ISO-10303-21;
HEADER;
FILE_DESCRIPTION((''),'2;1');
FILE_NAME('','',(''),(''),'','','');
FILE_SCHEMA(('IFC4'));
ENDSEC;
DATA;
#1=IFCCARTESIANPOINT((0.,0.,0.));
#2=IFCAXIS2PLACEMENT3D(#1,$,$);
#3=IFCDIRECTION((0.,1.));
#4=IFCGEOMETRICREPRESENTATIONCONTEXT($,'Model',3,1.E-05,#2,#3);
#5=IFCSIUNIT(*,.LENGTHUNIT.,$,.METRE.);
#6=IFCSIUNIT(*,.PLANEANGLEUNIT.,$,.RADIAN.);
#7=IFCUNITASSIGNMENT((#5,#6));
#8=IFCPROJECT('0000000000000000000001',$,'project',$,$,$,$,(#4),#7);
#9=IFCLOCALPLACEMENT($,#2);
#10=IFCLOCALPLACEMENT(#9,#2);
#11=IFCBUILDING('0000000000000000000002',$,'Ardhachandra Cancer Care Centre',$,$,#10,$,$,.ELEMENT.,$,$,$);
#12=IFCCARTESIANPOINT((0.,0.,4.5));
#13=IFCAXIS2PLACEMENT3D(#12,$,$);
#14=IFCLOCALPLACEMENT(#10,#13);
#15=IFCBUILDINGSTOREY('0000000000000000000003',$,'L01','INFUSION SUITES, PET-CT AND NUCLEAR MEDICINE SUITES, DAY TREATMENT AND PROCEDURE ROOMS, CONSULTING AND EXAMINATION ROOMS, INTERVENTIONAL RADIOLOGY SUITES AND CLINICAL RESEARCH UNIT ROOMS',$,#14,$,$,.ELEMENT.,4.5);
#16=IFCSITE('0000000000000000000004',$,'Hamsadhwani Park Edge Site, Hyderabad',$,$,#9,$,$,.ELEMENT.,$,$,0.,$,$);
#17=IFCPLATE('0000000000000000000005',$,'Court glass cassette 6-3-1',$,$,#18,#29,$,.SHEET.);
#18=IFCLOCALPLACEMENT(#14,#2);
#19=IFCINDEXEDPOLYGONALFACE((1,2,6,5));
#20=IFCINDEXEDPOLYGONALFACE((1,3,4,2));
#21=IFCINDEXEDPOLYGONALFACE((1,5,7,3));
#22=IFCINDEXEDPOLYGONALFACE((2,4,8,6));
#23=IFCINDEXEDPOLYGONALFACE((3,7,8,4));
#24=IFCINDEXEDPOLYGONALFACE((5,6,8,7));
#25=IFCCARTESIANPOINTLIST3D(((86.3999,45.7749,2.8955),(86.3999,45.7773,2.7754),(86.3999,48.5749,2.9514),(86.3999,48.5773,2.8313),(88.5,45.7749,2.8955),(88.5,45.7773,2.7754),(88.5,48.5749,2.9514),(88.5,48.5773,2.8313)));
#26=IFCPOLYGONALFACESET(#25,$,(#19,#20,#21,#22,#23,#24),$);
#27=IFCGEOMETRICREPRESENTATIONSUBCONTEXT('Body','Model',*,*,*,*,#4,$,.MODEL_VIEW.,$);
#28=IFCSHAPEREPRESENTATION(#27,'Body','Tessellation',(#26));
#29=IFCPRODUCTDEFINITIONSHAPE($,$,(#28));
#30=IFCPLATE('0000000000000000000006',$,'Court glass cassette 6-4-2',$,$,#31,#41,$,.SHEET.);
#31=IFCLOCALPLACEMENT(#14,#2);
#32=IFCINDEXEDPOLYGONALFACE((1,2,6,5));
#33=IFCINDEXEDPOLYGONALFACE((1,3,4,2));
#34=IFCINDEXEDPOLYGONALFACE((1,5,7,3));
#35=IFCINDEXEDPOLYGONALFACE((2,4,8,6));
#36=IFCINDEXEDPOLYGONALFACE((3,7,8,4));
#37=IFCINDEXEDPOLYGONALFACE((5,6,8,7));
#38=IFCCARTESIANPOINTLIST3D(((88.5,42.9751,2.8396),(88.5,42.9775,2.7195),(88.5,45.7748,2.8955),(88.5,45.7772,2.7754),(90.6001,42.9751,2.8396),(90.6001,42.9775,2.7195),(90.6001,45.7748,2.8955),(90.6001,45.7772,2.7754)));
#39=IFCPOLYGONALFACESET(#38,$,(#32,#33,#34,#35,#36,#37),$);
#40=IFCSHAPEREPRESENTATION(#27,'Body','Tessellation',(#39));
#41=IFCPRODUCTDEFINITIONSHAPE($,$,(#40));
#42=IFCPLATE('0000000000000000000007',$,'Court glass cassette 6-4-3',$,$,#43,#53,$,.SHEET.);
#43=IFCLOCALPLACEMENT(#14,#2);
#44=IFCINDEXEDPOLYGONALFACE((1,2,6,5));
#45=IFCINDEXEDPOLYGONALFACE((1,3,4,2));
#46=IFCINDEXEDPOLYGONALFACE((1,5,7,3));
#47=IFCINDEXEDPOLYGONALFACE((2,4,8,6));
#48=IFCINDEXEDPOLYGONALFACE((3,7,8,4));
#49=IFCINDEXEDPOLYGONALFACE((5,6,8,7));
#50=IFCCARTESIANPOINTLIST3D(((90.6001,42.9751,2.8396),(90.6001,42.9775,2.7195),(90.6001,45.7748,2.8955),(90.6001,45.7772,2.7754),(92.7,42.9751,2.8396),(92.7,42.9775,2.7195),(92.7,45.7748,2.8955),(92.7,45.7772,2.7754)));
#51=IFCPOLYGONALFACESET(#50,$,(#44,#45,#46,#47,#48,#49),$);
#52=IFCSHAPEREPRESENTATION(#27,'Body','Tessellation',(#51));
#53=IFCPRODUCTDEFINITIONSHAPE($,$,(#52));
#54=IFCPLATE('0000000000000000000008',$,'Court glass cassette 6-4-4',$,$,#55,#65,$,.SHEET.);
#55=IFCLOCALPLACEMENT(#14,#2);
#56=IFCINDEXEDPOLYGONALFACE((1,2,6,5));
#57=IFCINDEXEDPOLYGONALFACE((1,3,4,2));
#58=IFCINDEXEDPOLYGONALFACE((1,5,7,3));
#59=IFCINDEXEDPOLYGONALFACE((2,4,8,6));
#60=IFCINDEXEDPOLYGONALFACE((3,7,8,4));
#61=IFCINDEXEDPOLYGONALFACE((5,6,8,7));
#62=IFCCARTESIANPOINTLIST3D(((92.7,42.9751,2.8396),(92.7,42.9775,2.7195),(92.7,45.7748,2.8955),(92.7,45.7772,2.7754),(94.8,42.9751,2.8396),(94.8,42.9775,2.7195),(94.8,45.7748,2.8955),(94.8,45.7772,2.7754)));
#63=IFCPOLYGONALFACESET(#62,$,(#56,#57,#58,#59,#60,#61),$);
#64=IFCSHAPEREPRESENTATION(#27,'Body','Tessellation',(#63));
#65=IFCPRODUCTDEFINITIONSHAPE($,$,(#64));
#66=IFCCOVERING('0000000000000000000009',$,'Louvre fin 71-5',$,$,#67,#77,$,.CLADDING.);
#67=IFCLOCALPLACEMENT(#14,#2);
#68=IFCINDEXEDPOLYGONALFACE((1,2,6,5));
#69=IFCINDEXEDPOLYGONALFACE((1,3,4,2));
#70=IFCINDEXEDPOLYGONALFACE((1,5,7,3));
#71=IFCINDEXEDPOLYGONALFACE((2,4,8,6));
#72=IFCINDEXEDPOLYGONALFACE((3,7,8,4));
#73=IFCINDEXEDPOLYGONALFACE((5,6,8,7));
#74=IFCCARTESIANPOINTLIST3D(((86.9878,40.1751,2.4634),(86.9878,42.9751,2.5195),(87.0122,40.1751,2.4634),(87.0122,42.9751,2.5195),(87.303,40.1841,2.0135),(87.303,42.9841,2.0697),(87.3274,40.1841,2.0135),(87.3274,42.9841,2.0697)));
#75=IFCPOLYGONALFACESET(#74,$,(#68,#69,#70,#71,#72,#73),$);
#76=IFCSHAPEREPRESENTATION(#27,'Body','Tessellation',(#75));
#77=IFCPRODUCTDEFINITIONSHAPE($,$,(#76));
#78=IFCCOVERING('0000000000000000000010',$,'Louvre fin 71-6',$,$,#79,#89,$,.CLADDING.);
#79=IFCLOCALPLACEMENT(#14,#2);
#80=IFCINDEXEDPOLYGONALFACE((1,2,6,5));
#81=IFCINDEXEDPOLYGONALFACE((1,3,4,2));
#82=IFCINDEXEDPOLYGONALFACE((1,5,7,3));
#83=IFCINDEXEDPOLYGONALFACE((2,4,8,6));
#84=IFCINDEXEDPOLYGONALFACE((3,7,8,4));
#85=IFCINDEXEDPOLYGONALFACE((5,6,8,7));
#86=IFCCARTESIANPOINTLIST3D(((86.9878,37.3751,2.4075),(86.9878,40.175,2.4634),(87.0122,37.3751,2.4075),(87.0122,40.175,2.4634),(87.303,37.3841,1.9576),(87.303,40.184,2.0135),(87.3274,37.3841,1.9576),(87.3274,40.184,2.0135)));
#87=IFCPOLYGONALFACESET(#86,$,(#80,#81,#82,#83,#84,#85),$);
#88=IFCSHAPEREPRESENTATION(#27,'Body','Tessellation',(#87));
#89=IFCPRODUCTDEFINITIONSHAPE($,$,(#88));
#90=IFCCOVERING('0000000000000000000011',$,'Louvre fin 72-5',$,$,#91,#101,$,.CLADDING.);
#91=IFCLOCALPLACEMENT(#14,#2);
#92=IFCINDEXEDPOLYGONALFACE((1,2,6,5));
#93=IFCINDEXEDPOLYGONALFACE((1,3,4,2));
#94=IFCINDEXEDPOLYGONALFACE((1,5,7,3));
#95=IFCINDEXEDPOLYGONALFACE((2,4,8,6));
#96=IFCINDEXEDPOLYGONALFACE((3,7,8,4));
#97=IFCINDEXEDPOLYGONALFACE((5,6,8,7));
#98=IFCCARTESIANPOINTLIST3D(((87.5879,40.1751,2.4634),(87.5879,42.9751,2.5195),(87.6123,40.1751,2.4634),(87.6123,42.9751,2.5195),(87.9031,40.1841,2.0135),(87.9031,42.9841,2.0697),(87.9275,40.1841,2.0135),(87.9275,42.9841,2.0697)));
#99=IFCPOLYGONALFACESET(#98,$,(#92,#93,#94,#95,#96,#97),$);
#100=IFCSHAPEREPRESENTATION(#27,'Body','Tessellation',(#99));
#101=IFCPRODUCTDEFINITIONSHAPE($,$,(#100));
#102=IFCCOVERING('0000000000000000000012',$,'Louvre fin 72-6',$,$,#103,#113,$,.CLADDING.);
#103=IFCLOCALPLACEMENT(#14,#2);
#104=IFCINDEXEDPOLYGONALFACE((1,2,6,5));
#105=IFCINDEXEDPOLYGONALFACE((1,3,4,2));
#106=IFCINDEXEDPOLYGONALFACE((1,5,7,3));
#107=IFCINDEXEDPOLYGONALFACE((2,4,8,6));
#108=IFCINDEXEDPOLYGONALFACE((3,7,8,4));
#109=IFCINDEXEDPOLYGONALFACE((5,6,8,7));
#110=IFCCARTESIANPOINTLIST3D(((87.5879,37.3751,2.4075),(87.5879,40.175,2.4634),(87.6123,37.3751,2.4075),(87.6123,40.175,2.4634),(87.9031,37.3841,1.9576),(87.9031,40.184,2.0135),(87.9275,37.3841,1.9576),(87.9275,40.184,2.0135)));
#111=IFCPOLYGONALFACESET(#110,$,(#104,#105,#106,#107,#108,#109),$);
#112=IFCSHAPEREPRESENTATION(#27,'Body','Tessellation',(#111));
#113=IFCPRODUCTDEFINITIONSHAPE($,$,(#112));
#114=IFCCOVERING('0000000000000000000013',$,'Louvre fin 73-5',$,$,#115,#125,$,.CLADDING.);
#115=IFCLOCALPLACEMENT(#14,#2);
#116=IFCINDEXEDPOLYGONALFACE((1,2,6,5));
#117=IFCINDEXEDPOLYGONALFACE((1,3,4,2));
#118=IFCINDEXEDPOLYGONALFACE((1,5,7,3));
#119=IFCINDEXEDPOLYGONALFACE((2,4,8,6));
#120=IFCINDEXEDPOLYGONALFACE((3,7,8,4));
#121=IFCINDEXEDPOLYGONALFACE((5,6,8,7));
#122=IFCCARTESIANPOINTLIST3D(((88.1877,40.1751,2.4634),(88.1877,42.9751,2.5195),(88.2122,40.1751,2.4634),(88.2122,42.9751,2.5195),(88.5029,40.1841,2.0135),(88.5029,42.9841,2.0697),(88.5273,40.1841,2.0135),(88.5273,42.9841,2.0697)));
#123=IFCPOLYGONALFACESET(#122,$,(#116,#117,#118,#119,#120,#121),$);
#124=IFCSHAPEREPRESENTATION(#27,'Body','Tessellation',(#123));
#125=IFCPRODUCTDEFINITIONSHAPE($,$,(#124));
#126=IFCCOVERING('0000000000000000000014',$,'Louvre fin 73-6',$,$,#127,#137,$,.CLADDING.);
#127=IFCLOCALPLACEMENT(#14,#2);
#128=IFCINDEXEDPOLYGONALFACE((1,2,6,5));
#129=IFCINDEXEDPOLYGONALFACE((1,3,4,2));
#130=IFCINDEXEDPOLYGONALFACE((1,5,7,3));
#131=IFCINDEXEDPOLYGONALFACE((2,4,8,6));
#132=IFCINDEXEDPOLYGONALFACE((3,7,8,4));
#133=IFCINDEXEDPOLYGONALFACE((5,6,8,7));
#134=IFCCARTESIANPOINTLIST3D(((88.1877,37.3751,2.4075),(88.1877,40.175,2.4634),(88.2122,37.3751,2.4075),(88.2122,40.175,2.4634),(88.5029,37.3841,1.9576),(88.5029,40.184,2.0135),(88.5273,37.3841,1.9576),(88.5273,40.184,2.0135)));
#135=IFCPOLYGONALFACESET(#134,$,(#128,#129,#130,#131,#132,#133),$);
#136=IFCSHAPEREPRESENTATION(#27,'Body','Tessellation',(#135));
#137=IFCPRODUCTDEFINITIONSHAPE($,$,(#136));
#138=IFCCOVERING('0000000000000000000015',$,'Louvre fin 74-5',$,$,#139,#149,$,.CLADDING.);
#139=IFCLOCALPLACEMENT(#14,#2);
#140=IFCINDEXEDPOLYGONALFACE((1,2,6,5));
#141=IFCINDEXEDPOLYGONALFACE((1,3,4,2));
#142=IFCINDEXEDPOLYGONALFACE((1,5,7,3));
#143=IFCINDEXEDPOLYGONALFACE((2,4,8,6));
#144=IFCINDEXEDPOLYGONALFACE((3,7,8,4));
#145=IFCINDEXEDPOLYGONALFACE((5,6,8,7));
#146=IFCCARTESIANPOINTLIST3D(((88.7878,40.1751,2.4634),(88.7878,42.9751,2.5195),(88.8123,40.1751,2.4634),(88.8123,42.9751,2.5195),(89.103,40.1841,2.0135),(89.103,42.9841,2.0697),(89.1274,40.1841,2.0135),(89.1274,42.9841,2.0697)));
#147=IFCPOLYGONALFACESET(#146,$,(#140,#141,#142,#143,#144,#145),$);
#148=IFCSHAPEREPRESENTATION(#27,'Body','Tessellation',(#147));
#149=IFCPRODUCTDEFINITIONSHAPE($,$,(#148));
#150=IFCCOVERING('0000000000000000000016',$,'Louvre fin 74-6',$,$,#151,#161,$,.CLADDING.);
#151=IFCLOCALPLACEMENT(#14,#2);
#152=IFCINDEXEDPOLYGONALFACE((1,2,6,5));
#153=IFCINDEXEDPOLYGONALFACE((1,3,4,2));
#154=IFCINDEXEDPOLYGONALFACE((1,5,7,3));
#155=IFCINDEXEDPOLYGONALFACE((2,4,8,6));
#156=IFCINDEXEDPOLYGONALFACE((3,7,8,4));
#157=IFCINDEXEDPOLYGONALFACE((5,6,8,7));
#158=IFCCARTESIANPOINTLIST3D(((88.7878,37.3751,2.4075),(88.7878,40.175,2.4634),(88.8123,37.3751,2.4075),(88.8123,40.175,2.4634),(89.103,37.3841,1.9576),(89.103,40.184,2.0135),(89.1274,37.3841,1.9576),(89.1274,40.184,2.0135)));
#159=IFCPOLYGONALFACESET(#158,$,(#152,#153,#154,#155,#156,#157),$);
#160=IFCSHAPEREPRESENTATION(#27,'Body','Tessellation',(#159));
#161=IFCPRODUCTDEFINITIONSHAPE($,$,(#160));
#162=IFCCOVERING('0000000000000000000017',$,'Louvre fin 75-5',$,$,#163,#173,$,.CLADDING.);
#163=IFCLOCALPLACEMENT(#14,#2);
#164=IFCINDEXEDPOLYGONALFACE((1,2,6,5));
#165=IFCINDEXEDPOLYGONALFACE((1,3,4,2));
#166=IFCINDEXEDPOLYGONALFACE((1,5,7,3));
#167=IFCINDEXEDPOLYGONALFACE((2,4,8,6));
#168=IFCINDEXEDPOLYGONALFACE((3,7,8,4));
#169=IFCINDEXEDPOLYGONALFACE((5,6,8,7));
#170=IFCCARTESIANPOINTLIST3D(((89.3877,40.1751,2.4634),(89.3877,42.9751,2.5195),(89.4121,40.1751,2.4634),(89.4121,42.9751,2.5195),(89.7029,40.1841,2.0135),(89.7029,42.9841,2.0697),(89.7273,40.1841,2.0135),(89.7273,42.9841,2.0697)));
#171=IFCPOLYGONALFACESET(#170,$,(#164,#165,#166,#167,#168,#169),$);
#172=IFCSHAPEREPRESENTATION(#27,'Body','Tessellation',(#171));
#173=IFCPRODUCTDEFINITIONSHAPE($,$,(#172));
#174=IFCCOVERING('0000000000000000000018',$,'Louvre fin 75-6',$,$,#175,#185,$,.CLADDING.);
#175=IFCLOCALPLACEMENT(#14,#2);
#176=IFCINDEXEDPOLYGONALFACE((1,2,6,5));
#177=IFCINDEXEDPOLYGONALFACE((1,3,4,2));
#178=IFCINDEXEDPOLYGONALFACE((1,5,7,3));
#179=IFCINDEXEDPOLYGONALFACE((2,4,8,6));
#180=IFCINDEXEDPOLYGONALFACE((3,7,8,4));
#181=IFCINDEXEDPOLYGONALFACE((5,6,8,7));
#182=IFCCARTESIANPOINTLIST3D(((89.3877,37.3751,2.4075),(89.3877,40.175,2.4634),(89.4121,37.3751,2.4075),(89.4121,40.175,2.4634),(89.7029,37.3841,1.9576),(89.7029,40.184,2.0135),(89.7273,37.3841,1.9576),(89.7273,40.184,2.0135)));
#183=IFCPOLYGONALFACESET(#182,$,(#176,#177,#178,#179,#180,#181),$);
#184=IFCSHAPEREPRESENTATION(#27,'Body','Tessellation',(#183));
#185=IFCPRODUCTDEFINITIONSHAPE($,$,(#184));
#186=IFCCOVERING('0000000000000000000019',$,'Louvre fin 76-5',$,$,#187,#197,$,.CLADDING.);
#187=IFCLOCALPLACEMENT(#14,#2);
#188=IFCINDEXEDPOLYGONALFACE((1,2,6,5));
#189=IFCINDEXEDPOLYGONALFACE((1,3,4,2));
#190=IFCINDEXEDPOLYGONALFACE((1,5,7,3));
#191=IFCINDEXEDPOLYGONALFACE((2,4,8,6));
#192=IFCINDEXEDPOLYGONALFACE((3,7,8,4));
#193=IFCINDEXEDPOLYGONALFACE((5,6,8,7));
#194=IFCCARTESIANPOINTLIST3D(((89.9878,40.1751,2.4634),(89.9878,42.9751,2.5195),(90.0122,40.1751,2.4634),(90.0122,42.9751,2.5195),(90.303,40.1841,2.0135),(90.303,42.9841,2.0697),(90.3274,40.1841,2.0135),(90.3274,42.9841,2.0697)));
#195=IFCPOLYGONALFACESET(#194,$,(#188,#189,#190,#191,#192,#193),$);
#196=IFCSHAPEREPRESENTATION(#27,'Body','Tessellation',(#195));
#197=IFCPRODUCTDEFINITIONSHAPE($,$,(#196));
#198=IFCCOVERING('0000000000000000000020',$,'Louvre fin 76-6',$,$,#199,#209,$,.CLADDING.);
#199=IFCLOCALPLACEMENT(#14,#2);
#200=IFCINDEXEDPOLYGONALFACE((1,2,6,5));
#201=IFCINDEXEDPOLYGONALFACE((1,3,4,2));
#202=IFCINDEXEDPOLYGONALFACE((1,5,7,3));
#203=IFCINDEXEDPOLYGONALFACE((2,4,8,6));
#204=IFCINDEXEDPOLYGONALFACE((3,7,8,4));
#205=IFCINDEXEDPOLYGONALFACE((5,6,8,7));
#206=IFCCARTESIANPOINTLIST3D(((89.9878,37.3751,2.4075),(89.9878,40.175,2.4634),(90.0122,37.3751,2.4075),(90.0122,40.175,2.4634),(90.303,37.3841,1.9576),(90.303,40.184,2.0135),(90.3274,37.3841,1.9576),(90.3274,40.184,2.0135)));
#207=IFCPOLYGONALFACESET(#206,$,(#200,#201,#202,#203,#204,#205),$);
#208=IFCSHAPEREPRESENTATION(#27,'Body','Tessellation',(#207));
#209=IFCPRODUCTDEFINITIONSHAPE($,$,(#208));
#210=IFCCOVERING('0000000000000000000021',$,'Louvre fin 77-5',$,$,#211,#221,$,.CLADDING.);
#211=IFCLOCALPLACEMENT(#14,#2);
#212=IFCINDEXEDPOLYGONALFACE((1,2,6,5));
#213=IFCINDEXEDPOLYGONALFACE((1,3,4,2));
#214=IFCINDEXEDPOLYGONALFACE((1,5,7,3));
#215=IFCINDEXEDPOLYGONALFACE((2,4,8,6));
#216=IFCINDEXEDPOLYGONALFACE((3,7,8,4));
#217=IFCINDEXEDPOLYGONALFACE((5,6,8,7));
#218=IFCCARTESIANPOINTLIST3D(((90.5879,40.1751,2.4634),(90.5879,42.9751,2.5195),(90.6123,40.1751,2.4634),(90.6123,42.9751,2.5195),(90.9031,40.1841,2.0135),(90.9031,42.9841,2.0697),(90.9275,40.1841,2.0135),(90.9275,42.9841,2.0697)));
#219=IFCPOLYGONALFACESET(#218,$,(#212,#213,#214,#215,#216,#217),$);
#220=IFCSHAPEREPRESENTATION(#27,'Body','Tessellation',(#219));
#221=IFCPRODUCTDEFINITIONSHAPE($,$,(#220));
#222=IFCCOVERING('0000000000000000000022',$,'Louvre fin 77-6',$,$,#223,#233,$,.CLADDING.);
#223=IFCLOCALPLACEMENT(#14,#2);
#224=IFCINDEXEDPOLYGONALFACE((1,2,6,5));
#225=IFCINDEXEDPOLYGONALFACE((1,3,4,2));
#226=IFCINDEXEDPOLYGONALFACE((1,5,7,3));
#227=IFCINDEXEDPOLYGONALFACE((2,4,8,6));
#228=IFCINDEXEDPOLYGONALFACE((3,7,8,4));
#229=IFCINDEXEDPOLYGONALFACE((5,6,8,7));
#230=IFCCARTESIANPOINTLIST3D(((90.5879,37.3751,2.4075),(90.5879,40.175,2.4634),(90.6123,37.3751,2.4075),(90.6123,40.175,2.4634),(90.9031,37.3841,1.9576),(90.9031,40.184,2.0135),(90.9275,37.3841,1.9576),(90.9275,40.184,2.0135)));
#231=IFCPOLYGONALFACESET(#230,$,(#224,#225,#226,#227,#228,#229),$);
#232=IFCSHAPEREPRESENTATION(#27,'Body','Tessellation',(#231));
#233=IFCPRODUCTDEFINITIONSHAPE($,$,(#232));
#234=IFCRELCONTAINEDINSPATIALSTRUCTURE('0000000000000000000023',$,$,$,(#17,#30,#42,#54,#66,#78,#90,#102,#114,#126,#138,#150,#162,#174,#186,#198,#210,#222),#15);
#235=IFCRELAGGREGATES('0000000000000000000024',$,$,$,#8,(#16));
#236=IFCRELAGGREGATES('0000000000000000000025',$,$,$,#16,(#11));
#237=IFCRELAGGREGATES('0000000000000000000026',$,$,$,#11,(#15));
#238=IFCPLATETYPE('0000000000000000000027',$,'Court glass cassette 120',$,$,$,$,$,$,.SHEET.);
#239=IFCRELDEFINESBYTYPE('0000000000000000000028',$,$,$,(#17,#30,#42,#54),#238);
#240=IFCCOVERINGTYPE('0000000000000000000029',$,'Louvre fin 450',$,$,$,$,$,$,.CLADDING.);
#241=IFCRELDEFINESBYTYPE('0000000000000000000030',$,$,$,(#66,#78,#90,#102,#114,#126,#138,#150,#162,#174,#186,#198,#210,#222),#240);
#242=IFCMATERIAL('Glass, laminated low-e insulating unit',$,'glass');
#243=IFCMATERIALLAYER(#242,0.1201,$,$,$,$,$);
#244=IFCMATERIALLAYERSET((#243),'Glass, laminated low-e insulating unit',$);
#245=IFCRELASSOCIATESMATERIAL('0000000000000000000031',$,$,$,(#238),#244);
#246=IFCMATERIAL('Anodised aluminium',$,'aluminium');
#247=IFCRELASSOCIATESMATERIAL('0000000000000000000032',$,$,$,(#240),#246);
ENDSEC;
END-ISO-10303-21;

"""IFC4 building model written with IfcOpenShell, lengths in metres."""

from ifc_helpers import new_model, si_unit, direction, frame, origin, place, context, subcontext, project, spatial, polyline, outline, extrude, material, layer, layer_set, material_profile, profile_set, type_object, element, save


model = new_model("IFC4")

# Units and contexts
model_context = context("Model", 3, precision=1e-05, world=origin(), true_north=direction((0.0, 1.0)))
body_context = subcontext(model_context, "Body", "Model", "MODEL_VIEW")
ifc_project = project(units=[si_unit("LENGTHUNIT", "METRE"), si_unit("PLANEANGLEUNIT", "RADIAN")], contexts=[model_context])

# Site, building, storey
site_placement = place(None, origin())
site = spatial("IfcSite", under=ifc_project, at=site_placement, Name="Hamsadhwani Park Edge Site, Hyderabad", CompositionType="ELEMENT", RefElevation=0.0)
building_placement = place(site_placement, origin())
building = spatial("IfcBuilding", under=site, at=building_placement, Name="Ardhachandra Cancer Care Centre", CompositionType="ELEMENT")
storey_placement = place(building_placement, frame((0.0, 0.0, 4.5)))
storey = spatial("IfcBuildingStorey", under=building, at=storey_placement, Name="L01", Description="INFUSION SUITES, PET-CT AND NUCLEAR MEDICINE SUITES, DAY TREATMENT AND PROCEDURE ROOMS, CONSULTING AND EXAMINATION ROOMS, INTERVENTIONAL RADIOLOGY SUITES AND CLINICAL RESEARCH UNIT ROOMS", CompositionType="ELEMENT", Elevation=4.5)

# Plates
ifc_material_1 = material(Name="Glass, laminated low-e insulating unit", Category="glass")
ifc_layer = layer(ifc_material_1, 0.1201)
ifc_layer_set = layer_set([ifc_layer], Name="Glass, laminated low-e insulating unit")
plate_type = type_object("IfcPlateType", Name="Court glass cassette 120", PredefinedType="SHEET", material=ifc_layer_set)
plate_1_placement = place(storey_placement, frame((86.3999, 45.7749, 2.8955), z_axis=(0.0, -0.019963, 0.999801), x_axis=(0.0, 0.999801, 0.019963)))
element("IfcPlate", 1, at=plate_1_placement, inside=storey, type_object=plate_type, Name="Court glass cassette 6-3-1", PredefinedType="SHEET", context=body_context, shape_type="SweptSolid", body=[
    extrude(outline(polyline([(0.0, -2.1001), (2.8005, -2.1001), (2.8005, 0.0), (0.0, 0.0), (0.0, -2.1001)])), frame((0.0, 0.0, -0.1201)), (0.0, 0.0, 1.0), 0.1201),
])
plate_2_placement = place(storey_placement, frame((88.5, 42.9751, 2.8396), z_axis=(0.0, -0.019965, 0.999801), x_axis=(0.0, 0.999801, 0.019965)))
element("IfcPlate", 2, at=plate_2_placement, inside=storey, type_object=plate_type, Name="Court glass cassette 6-4-2", PredefinedType="SHEET", context=body_context, shape_type="SweptSolid", body=[
    extrude(outline(polyline([(0.0, -2.1001), (2.8003, -2.1001), (2.8003, 0.0), (0.0, 0.0), (0.0, -2.1001)])), frame((0.0, 0.0, -0.1201)), (0.0, 0.0, 1.0), 0.1201),
])
plate_3_placement = place(storey_placement, frame((90.6001, 42.9751, 2.8396), z_axis=(0.0, -0.019965, 0.999801), x_axis=(0.0, 0.999801, 0.019965)))
element("IfcPlate", 3, at=plate_3_placement, inside=storey, type_object=plate_type, Name="Court glass cassette 6-4-3", PredefinedType="SHEET", context=body_context, shape_type="SweptSolid", body=[
    extrude(outline(polyline([(0.0, -2.0999), (2.8003, -2.0999), (2.8003, 0.0), (0.0, 0.0), (0.0, -2.0999)])), frame((0.0, 0.0, -0.1201)), (0.0, 0.0, 1.0), 0.1201),
])
plate_4_placement = place(storey_placement, frame((92.7, 42.9751, 2.8396), z_axis=(0.0, -0.019965, 0.999801), x_axis=(0.0, 0.999801, 0.019965)))
element("IfcPlate", 4, at=plate_4_placement, inside=storey, type_object=plate_type, Name="Court glass cassette 6-4-4", PredefinedType="SHEET", context=body_context, shape_type="SweptSolid", body=[
    extrude(outline(polyline([(0.0, -2.1001), (2.8003, -2.1001), (2.8003, 0.0), (0.0, 0.0), (0.0, -2.1001)])), frame((0.0, 0.0, -0.1201)), (0.0, 0.0, 1.0), 0.1201),
])

# Coverings
ifc_material_2 = material(Name="Anodised aluminium", Category="aluminium")
ifc_material_profile_1 = material_profile(ifc_material_2, outline(polyline([(-0.0122, 0.0), (0.0122, 0.0), (0.3274, -0.45), (0.303, -0.45), (-0.0122, 0.0)])), Name="Louvre fin 450")
ifc_profile_set_1 = profile_set([ifc_material_profile_1], Name="Anodised aluminium")
covering_type = type_object("IfcCoveringType", Name="Louvre fin 450", PredefinedType="CLADDING", material=ifc_profile_set_1)
for number, where, z_axis, x_axis, name in (
    (5, (87.0, 42.9751, 2.5195), (0.0, -0.999799, -0.02005), (1.0, 0.0, 0.0), "Louvre fin 71-5"),
    (6, (87.0, 40.175, 2.4634), (0.0, -0.999801, -0.019963), (1.0, 0.0, 0.0), "Louvre fin 71-6"),
    (7, (87.6001, 42.9751, 2.5195), (0.0, -0.999799, -0.02005), (1.0, 0.0, 0.0), "Louvre fin 72-5"),
    (8, (87.6001, 40.175, 2.4634), (0.0, -0.999801, -0.019963), (1.0, 0.0, 0.0), "Louvre fin 72-6"),
    (9, (88.2, 42.9751, 2.5195), (0.0, -0.999799, -0.02005), (1.0, 0.0, 0.0), "Louvre fin 73-5"),
    (10, (88.2, 40.175, 2.4634), (0.0, -0.999801, -0.019963), (1.0, 0.0, 0.0), "Louvre fin 73-6"),
    (11, (88.8, 42.9751, 2.5195), (0.0, -0.999799, -0.02005), (1.0, 0.0, 0.0), "Louvre fin 74-5"),
    (12, (88.8, 40.175, 2.4634), (0.0, -0.999801, -0.019963), (1.0, 0.0, 0.0), "Louvre fin 74-6"),
    (13, (89.3999, 42.9751, 2.5195), (0.0, -0.999799, -0.02005), (1.0, 0.0, 0.0), "Louvre fin 75-5"),
    (14, (89.3999, 40.175, 2.4634), (0.0, -0.999801, -0.019963), (1.0, 0.0, 0.0), "Louvre fin 75-6"),
    (15, (90.0, 42.9751, 2.5195), (0.0, -0.999799, -0.02005), (1.0, 0.0, 0.0), "Louvre fin 76-5"),
    (16, (90.0, 40.175, 2.4634), (0.0, -0.999801, -0.019963), (1.0, 0.0, 0.0), "Louvre fin 76-6"),
    (17, (90.6001, 42.9751, 2.5195), (0.0, -0.999799, -0.02005), (1.0, 0.0, 0.0), "Louvre fin 77-5"),
    (18, (90.6001, 40.175, 2.4634), (0.0, -0.999801, -0.019963), (1.0, 0.0, 0.0), "Louvre fin 77-6"),
):
    element("IfcCovering", number, at=place(storey_placement, frame(where, z_axis=z_axis, x_axis=x_axis)), inside=storey, type_object=covering_type, Name=name, PredefinedType="CLADDING", context=body_context, shape_type="SweptSolid", body=[
        extrude(outline(polyline([(-0.0122, 0.0), (0.0122, 0.0), (0.3274, -0.45), (0.303, -0.45), (-0.0122, 0.0)])), origin(), (0.0, 0.0, 1.0), 2.8005),
    ])

save(model, "model.ifc")
